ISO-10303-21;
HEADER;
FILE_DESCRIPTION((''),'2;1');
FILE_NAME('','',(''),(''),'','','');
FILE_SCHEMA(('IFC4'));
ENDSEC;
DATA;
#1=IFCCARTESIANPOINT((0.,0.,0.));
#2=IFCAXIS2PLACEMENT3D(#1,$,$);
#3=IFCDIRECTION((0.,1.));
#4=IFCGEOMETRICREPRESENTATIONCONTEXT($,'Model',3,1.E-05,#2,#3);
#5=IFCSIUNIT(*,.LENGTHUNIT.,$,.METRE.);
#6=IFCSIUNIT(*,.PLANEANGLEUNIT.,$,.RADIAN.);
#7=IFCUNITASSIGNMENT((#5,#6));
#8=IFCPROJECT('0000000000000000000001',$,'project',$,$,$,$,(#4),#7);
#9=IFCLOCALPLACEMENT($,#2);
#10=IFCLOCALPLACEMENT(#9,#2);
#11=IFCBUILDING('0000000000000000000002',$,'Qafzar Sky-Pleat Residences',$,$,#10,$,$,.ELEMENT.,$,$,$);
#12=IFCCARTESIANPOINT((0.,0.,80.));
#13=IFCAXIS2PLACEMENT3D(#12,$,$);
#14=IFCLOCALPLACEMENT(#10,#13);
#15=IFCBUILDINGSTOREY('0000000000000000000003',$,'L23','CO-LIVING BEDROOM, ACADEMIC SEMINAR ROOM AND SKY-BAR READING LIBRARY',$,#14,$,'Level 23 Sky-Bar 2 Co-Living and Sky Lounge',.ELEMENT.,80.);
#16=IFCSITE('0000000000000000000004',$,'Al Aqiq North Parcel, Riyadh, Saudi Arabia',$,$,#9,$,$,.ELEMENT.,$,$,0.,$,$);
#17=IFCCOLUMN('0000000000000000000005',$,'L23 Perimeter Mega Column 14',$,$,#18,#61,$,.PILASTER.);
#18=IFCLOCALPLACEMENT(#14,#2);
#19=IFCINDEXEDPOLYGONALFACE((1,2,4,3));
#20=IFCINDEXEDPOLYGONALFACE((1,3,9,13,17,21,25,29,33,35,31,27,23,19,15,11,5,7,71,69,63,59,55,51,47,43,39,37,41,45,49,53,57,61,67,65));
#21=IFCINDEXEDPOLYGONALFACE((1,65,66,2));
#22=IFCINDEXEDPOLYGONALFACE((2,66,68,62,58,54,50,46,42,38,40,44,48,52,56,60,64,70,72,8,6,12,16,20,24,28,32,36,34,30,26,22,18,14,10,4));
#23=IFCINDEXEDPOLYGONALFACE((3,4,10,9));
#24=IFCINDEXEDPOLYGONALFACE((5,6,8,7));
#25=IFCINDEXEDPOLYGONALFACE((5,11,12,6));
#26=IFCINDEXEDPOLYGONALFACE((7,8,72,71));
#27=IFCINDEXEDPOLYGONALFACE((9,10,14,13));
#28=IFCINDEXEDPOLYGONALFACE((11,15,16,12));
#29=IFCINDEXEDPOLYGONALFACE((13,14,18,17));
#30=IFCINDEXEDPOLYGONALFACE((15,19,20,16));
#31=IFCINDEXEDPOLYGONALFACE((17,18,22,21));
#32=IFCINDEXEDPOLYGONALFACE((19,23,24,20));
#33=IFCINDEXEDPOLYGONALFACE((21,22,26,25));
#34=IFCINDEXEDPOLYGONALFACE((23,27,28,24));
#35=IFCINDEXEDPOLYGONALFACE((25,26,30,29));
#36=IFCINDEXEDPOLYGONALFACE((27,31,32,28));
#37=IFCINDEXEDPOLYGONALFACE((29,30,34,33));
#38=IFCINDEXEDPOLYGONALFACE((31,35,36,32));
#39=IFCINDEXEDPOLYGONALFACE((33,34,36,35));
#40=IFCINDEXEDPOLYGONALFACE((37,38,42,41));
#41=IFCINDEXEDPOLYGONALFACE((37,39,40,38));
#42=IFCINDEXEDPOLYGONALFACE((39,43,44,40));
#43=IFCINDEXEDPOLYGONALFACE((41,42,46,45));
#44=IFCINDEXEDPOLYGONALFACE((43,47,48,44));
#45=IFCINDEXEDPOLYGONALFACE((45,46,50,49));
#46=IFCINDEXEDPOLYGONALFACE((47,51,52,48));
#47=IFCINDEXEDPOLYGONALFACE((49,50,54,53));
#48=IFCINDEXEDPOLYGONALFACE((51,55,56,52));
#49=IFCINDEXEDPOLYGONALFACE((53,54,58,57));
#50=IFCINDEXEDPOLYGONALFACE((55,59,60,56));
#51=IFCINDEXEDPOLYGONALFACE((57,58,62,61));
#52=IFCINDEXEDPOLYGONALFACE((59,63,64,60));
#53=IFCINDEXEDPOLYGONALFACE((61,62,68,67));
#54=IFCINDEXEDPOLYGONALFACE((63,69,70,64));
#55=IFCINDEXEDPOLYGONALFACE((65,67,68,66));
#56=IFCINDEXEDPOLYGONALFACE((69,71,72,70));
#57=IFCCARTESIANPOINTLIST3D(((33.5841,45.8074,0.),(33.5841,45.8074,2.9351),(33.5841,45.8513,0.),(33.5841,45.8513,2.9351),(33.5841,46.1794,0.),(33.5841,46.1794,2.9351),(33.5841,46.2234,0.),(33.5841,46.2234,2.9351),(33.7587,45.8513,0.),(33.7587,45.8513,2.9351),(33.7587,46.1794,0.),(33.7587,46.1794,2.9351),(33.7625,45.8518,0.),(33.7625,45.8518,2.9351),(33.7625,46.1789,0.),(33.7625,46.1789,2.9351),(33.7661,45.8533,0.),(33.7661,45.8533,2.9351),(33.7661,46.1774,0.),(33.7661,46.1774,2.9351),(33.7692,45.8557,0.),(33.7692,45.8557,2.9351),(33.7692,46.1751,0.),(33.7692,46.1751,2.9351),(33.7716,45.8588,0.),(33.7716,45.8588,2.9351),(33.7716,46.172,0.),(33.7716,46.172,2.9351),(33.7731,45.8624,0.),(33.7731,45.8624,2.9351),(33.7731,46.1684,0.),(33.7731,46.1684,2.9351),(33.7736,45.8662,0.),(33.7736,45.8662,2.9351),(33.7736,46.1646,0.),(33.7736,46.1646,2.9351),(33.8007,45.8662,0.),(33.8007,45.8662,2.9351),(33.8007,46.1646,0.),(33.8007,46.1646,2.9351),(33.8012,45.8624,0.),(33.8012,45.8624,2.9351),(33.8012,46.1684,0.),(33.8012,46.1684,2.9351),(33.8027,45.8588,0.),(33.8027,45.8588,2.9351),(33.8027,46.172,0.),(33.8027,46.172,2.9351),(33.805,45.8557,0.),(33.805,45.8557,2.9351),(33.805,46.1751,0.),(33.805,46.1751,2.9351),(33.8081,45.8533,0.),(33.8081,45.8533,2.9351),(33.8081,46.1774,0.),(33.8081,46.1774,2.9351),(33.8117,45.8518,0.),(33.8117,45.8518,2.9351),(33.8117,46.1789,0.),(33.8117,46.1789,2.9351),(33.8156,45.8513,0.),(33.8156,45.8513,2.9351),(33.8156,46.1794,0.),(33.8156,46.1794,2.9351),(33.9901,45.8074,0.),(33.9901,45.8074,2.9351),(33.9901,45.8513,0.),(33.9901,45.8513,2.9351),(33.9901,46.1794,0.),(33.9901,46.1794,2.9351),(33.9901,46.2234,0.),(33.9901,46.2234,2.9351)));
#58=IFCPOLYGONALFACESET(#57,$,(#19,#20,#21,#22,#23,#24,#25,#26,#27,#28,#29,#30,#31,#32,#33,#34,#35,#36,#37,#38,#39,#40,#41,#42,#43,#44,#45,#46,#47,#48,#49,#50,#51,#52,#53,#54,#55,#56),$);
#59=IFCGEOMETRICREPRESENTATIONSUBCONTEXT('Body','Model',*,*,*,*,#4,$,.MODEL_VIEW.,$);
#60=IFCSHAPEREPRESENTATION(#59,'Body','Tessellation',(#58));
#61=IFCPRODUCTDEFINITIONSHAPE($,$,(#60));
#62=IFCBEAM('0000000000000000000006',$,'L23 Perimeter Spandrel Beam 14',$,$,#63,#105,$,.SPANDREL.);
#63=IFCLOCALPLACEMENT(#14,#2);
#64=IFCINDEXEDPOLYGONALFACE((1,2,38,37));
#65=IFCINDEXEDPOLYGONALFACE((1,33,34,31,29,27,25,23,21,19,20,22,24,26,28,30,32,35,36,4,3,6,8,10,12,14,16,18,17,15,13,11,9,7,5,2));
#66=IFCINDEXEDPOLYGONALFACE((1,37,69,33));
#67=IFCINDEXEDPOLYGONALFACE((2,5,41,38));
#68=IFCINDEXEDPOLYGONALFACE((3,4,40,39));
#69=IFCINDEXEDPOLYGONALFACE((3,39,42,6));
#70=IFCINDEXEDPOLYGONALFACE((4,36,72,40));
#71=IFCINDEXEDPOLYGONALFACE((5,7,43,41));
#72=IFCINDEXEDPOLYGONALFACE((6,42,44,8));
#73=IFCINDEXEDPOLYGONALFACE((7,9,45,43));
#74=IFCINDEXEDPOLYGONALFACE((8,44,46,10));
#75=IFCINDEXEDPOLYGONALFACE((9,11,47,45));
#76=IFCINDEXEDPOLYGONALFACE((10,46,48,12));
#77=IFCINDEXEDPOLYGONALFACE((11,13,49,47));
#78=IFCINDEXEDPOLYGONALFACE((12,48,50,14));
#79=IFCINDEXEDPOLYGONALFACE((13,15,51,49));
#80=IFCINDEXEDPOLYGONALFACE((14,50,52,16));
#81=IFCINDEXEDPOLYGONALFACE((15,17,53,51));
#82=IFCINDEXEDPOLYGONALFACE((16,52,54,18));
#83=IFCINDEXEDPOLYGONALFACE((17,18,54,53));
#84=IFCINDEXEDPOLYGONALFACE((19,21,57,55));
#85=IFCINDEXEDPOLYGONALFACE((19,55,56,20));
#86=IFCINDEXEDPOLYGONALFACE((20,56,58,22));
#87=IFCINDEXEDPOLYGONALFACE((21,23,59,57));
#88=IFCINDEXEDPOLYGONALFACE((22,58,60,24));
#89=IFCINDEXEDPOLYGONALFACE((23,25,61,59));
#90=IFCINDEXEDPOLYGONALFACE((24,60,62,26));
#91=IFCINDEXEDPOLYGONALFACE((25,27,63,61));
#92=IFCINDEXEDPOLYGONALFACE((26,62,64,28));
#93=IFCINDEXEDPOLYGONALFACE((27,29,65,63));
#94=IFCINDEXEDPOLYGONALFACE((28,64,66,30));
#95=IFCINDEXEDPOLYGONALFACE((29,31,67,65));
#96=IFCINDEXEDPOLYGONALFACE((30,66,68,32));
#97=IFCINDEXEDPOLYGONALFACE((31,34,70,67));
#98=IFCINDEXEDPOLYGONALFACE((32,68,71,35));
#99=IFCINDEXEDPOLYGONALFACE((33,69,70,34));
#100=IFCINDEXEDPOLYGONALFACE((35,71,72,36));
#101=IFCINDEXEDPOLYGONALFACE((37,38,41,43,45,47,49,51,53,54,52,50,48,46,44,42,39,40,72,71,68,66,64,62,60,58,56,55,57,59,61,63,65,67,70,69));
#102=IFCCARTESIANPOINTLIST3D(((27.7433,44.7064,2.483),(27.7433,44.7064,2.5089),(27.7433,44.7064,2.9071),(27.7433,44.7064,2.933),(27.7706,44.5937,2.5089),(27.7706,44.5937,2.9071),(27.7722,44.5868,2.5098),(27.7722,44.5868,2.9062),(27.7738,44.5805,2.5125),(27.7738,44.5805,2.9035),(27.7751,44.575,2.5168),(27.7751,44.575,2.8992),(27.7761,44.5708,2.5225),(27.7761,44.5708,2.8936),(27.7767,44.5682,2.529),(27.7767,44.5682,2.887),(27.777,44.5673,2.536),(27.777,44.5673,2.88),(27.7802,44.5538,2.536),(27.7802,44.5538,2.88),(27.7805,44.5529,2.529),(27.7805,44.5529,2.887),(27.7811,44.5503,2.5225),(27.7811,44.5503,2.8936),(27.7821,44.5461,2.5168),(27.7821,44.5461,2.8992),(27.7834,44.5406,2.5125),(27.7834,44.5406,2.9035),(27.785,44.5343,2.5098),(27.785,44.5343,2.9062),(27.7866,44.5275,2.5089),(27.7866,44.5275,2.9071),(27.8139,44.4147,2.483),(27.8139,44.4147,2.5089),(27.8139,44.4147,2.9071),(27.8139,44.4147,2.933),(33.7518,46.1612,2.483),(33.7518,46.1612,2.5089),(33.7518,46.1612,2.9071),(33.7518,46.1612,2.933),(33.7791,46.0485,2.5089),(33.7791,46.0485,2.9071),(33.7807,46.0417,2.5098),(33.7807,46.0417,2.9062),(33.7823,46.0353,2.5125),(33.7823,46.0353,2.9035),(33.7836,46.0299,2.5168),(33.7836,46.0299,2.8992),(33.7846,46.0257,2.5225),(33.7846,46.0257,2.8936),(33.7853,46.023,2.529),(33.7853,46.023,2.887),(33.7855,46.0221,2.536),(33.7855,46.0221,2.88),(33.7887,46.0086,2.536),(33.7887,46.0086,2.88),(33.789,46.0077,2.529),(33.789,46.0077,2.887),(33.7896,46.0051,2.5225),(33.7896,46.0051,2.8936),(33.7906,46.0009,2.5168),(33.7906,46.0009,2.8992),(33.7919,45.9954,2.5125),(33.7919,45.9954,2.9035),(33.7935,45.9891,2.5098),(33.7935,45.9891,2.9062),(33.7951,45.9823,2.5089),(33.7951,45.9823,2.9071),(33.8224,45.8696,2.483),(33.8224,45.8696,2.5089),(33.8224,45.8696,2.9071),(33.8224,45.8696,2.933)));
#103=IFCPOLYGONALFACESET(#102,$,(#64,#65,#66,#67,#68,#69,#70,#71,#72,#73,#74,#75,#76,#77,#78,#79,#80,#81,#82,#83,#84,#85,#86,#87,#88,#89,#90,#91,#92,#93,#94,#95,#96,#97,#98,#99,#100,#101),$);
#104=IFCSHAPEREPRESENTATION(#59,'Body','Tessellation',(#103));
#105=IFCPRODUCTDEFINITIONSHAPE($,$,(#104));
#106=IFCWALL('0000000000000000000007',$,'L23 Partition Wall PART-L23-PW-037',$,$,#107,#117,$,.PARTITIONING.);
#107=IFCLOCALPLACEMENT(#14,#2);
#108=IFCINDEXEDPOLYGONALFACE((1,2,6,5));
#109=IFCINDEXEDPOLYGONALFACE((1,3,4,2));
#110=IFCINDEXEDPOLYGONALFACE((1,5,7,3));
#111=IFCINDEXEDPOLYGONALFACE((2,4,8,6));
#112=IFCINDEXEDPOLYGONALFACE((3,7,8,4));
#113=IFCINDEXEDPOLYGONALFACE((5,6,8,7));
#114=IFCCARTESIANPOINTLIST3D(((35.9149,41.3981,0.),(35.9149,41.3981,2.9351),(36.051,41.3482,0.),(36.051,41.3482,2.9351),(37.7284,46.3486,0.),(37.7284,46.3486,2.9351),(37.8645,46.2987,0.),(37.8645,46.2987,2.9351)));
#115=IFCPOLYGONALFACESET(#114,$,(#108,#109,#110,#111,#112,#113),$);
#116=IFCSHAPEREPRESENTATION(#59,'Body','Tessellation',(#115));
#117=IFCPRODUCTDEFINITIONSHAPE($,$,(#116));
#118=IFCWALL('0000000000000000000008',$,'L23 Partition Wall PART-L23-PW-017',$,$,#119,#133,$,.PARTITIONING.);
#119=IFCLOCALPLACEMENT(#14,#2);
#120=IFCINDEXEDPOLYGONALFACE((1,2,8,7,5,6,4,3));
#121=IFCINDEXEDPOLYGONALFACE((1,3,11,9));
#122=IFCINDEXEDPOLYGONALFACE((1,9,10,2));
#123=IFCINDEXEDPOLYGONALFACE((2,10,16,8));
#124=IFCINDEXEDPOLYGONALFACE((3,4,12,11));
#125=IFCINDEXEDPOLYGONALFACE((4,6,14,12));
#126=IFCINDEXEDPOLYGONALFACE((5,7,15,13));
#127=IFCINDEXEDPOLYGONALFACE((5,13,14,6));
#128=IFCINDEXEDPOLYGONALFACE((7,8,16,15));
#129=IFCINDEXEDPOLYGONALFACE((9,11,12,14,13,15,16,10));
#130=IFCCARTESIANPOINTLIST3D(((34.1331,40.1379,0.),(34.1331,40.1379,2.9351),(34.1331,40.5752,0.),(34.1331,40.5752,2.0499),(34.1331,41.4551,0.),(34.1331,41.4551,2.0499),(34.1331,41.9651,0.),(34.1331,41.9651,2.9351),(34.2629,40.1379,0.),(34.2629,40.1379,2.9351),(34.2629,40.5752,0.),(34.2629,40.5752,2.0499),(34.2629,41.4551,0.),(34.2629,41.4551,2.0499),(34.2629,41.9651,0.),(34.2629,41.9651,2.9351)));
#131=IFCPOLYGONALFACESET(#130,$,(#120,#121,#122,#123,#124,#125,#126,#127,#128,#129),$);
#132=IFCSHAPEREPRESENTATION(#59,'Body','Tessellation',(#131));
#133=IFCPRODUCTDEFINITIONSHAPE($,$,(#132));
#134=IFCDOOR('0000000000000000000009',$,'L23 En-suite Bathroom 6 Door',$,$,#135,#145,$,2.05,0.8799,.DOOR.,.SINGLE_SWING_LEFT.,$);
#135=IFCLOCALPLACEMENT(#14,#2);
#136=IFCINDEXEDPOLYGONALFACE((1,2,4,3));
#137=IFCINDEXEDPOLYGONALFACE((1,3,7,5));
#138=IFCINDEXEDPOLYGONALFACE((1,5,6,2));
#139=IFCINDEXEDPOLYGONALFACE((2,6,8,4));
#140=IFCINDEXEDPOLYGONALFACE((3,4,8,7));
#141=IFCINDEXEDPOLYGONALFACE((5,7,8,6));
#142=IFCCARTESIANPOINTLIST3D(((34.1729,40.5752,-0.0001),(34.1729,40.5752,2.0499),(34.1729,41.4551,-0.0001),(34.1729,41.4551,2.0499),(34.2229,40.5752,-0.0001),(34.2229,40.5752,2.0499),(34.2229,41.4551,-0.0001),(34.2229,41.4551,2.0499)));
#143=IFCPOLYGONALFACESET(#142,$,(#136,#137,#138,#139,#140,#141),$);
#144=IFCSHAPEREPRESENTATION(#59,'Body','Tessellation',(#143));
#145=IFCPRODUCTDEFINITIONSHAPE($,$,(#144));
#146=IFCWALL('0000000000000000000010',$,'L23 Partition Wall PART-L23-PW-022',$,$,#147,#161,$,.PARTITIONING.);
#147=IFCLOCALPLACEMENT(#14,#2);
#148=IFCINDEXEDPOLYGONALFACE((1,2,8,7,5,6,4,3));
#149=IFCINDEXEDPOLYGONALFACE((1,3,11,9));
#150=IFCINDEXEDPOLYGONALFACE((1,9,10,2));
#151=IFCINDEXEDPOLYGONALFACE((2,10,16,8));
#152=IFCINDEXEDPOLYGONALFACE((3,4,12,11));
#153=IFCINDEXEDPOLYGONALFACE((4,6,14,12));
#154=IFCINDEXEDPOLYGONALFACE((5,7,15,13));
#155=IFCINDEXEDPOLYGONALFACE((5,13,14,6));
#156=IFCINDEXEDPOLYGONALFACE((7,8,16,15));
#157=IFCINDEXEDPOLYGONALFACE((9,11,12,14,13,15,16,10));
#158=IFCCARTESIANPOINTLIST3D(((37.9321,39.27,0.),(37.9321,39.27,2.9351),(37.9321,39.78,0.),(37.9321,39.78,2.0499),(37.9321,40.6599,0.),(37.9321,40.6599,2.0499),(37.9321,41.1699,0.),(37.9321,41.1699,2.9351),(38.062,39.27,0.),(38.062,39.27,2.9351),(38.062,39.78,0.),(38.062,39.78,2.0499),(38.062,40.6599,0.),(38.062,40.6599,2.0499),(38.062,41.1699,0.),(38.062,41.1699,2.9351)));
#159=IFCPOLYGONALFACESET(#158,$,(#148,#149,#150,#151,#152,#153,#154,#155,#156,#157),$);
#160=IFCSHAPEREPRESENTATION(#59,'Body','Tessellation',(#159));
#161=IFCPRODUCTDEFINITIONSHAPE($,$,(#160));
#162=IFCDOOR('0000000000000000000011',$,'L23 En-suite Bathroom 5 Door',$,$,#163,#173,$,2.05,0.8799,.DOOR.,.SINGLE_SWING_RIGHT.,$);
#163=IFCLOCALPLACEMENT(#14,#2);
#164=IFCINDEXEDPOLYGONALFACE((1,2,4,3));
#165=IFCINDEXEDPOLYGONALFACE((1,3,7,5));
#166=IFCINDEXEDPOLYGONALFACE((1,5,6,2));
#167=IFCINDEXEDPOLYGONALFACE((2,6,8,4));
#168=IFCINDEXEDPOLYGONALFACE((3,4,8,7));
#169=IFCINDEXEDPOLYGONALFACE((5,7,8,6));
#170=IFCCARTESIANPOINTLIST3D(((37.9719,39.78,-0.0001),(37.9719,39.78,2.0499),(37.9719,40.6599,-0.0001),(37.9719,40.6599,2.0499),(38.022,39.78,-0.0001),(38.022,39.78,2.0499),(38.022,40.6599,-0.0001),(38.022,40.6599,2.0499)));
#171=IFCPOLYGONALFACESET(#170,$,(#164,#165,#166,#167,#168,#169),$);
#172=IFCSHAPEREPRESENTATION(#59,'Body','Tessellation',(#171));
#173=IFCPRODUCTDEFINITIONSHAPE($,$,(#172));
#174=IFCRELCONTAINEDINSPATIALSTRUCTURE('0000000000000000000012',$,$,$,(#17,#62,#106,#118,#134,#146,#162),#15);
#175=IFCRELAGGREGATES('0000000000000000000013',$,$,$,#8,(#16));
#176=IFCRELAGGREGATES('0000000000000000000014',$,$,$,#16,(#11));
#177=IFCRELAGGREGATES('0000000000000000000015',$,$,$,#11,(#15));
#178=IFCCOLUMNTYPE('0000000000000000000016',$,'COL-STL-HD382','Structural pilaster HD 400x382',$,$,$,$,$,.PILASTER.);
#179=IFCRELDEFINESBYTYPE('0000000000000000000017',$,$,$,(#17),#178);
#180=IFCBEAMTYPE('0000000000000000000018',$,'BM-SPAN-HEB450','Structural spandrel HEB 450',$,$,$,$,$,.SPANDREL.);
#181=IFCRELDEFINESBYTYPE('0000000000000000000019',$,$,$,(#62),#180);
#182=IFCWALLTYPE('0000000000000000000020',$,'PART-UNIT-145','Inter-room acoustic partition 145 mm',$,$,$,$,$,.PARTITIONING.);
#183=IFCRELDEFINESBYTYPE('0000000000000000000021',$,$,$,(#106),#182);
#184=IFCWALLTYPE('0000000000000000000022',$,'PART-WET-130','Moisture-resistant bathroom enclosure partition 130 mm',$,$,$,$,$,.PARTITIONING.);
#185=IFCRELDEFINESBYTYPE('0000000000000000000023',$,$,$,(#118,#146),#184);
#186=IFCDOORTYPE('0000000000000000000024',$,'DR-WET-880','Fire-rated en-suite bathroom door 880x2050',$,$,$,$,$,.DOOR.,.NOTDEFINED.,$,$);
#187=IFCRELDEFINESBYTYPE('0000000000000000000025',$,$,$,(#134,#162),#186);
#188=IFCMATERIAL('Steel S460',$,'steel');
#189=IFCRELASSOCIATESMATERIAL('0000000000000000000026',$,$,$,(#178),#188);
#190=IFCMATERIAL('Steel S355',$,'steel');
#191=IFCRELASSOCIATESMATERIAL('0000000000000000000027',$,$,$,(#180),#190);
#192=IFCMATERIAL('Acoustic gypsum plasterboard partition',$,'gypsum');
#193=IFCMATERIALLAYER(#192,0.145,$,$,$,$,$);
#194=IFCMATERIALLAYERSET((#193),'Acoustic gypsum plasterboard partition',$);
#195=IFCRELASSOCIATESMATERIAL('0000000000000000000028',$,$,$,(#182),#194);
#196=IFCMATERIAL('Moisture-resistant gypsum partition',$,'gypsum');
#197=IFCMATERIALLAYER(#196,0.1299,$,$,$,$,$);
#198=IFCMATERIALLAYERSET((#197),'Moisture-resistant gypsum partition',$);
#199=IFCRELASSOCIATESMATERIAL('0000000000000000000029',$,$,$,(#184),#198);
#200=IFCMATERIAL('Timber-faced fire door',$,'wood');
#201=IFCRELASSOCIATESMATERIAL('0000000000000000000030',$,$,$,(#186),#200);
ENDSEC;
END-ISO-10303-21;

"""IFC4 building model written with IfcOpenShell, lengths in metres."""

from ifc_helpers import new_model, si_unit, direction, frame, frame_2d, origin, origin_2d, place, context, subcontext, project, spatial, rectangle, i_section, extrude, source, transform, mapped, material, layer, layer_set, material_profile, profile_set, type_object, element, fill, save


model = new_model("IFC4")

# Units and contexts
model_context = context("Model", 3, precision=1e-05, world=origin(), true_north=direction((0.0, 1.0)))
body_context = subcontext(model_context, "Body", "Model", "MODEL_VIEW")
ifc_project = project(units=[si_unit("LENGTHUNIT", "METRE"), si_unit("PLANEANGLEUNIT", "RADIAN")], contexts=[model_context])

# Site, building, storey
site_placement = place(None, origin())
site = spatial("IfcSite", under=ifc_project, at=site_placement, Name="Al Aqiq North Parcel, Riyadh, Saudi Arabia", CompositionType="ELEMENT", RefElevation=0.0)
building_placement = place(site_placement, origin())
building = spatial("IfcBuilding", under=site, at=building_placement, Name="Qafzar Sky-Pleat Residences", CompositionType="ELEMENT")
storey_placement = place(building_placement, frame((0.0, 0.0, 80.0)))
storey = spatial("IfcBuildingStorey", under=building, at=storey_placement, Name="L23", Description="CO-LIVING BEDROOM, ACADEMIC SEMINAR ROOM AND SKY-BAR READING LIBRARY", LongName="Level 23 Sky-Bar 2 Co-Living and Sky Lounge", CompositionType="ELEMENT", Elevation=80.0)

# Column
ifc_material_1 = material(Name="Steel S460", Category="steel")
ifc_material_profile_1 = material_profile(ifc_material_1, i_section(OverallWidth=0.406, OverallDepth=0.416, WebThickness=0.0271, FlangeThickness=0.0439, FilletRadius=0.0149, at=origin_2d()), Name="HD 400x382")
ifc_profile_set_1 = profile_set([ifc_material_profile_1], Name="Steel S460")
column_type = type_object("IfcColumnType", Name="COL-STL-HD382", Description="Structural pilaster HD 400x382", PredefinedType="PILASTER", material=ifc_profile_set_1)
shared_shape_1 = source(origin(), body_context, "Body", "SweptSolid", [
    extrude(i_section(OverallWidth=0.406, OverallDepth=0.416, WebThickness=0.0271, FlangeThickness=0.0439, FilletRadius=0.0149, at=origin_2d()), origin(), (0.0, 0.0, 1.0), 2.9351),
])
column_placement = place(storey_placement, frame((33.7871, 46.0154, 0.0), z_axis=(0.0, 0.0, 1.0), x_axis=(1.0, 0.0, 0.0)))
element("IfcColumn", 1, at=column_placement, inside=storey, type_object=column_type, Name="L23 Perimeter Mega Column 14", PredefinedType="PILASTER", context=body_context, shape_type="MappedRepresentation", body=[
    mapped(shared_shape_1, transform((0.0, 0.0, 0.0), x_axis=(1.0, 0.0, 0.0), y_axis=(0.0, 1.0, 0.0), z_axis=(0.0, 0.0, 1.0), scale=1.0)),
])

# Beam
ifc_material_2 = material(Name="Steel S355", Category="steel")
ifc_material_profile_2 = material_profile(ifc_material_2, i_section(OverallWidth=0.3, OverallDepth=0.45, WebThickness=0.0139, FlangeThickness=0.0259, FilletRadius=0.0271, at=origin_2d()), Name="HEB 450")
ifc_profile_set_2 = profile_set([ifc_material_profile_2], Name="Steel S355")
beam_type = type_object("IfcBeamType", Name="BM-SPAN-HEB450", Description="Structural spandrel HEB 450", PredefinedType="SPANDREL", material=ifc_profile_set_2)
shared_shape_2 = source(origin(), body_context, "Body", "SweptSolid", [
    extrude(i_section(OverallWidth=0.3, OverallDepth=0.45, WebThickness=0.0139, FlangeThickness=0.0259, FilletRadius=0.0271, at=origin_2d()), origin(), (0.0, 0.0, 1.0), 6.1821),
])
beam_placement = place(storey_placement, frame((33.7871, 46.0154, 2.708), z_axis=(-0.971916, -0.235328, 0.0), x_axis=(0.235328, -0.971916, 0.0)))
element("IfcBeam", 2, at=beam_placement, inside=storey, type_object=beam_type, Name="L23 Perimeter Spandrel Beam 14", PredefinedType="SPANDREL", context=body_context, shape_type="MappedRepresentation", body=[
    mapped(shared_shape_2, transform((0.0, 0.0, 0.0), x_axis=(1.0, 0.0, 0.0), y_axis=(0.0, 1.0, 0.0), z_axis=(0.0, 0.0, 1.0), scale=1.0)),
])

# Wall
ifc_material_3 = material(Name="Acoustic gypsum plasterboard partition", Category="gypsum")
ifc_layer_1 = layer(ifc_material_3, 0.145)
ifc_layer_set_1 = layer_set([ifc_layer_1], Name="Acoustic gypsum plasterboard partition")
wall_type_1 = type_object("IfcWallType", Name="PART-UNIT-145", Description="Inter-room acoustic partition 145 mm", PredefinedType="PARTITIONING", material=ifc_layer_set_1)
wall_1_placement = place(storey_placement, frame((35.9829, 41.373, 0.0), z_axis=(0.0, 0.0, 1.0), x_axis=(0.343973, 0.93898, 0.0)))
element("IfcWall", 3, at=wall_1_placement, inside=storey, type_object=wall_type_1, Name="L23 Partition Wall PART-L23-PW-037", PredefinedType="PARTITIONING", context=body_context, shape_type="SweptSolid", body=[
    extrude(rectangle(XDim=5.2722, YDim=0.145, at=frame_2d((2.6362, 0.0))), origin(), (0.0, 0.0, 1.0), 2.9351),
])

# Walls, openings, doors
ifc_material_4 = material(Name="Moisture-resistant gypsum partition", Category="gypsum")
ifc_layer_2 = layer(ifc_material_4, 0.1299)
ifc_layer_set_2 = layer_set([ifc_layer_2], Name="Moisture-resistant gypsum partition")
wall_type_2 = type_object("IfcWallType", Name="PART-WET-130", Description="Moisture-resistant bathroom enclosure partition 130 mm", PredefinedType="PARTITIONING", material=ifc_layer_set_2)
wall_2_placement = place(storey_placement, frame((34.198, 41.9651, 0.0), z_axis=(0.0, 0.0, 1.0), x_axis=(0.0, -1.0, 0.0)))
wall_2 = element("IfcWall", 4, at=wall_2_placement, inside=storey, type_object=wall_type_2, Name="L23 Partition Wall PART-L23-PW-017", PredefinedType="PARTITIONING", context=body_context, shape_type="SweptSolid", body=[
    extrude(rectangle(XDim=1.8271, YDim=0.1299, at=frame_2d((0.9136, 0.0))), origin(), (0.0, 0.0, 1.0), 2.9351),
])
opening_1_placement = place(wall_2_placement, frame((0.51, 0.0, 0.0)))
opening_1 = element("IfcOpeningElement", 5, at=opening_1_placement, cuts=wall_2, PredefinedType="OPENING", context=body_context, shape_type="SweptSolid", body=[
    extrude(rectangle(XDim=0.8799, YDim=2.05, at=frame_2d((0.4399, 1.0249))), frame((0.0, 0.075, 0.0), z_axis=(0.0, -1.0, 0.0), x_axis=(1.0, 0.0, 0.0)), (0.0, 0.0, 1.0), 0.1499),
])
ifc_material_5 = material(Name="Timber-faced fire door", Category="wood")
door_type = type_object("IfcDoorType", Name="DR-WET-880", Description="Fire-rated en-suite bathroom door 880x2050", OperationType="NOTDEFINED", PredefinedType="DOOR", material=ifc_material_5)
shared_shape_3 = source(origin(), body_context, "Body", "SweptSolid", [
    extrude(rectangle(XDim=0.8799, YDim=2.05, at=frame_2d((0.4399, 1.0249))), frame((0.0, 0.0249, 0.0), z_axis=(0.0, -1.0, 0.0), x_axis=(1.0, 0.0, 0.0)), (0.0, 0.0, 1.0), 0.05),
])
door_1_placement = place(opening_1_placement, origin())
door_1 = element("IfcDoor", 6, at=door_1_placement, inside=storey, type_object=door_type, Name="L23 En-suite Bathroom 6 Door", OperationType="SINGLE_SWING_LEFT", OverallHeight=2.05, OverallWidth=0.8799, PredefinedType="DOOR", context=body_context, shape_type="MappedRepresentation", body=[
    mapped(shared_shape_3, transform((0.0, 0.0, 0.0), x_axis=(1.0, 0.0, 0.0), y_axis=(0.0, 1.0, 0.0), z_axis=(0.0, 0.0, 1.0), scale=1.0)),
])
fill(opening_1, door_1)
wall_3_placement = place(storey_placement, frame((37.9971, 41.1699, 0.0), z_axis=(0.0, 0.0, 1.0), x_axis=(0.0, -1.0, 0.0)))
wall_3 = element("IfcWall", 7, at=wall_3_placement, inside=storey, type_object=wall_type_2, Name="L23 Partition Wall PART-L23-PW-022", PredefinedType="PARTITIONING", context=body_context, shape_type="SweptSolid", body=[
    extrude(rectangle(XDim=1.8999, YDim=0.1299, at=frame_2d((0.95, 0.0))), origin(), (0.0, 0.0, 1.0), 2.9351),
])
opening_2_placement = place(wall_3_placement, frame((0.51, 0.0, 0.0)))
opening_2 = element("IfcOpeningElement", 8, at=opening_2_placement, cuts=wall_3, PredefinedType="OPENING", context=body_context, shape_type="SweptSolid", body=[
    extrude(rectangle(XDim=0.8799, YDim=2.05, at=frame_2d((0.4399, 1.0249))), frame((0.0, 0.075, 0.0), z_axis=(0.0, -1.0, 0.0), x_axis=(1.0, 0.0, 0.0)), (0.0, 0.0, 1.0), 0.1499),
])
door_2_placement = place(opening_2_placement, origin())
door_2 = element("IfcDoor", 9, at=door_2_placement, inside=storey, type_object=door_type, Name="L23 En-suite Bathroom 5 Door", OperationType="SINGLE_SWING_RIGHT", OverallHeight=2.05, OverallWidth=0.8799, PredefinedType="DOOR", context=body_context, shape_type="MappedRepresentation", body=[
    mapped(shared_shape_3, transform((0.0, 0.0, 0.0), x_axis=(1.0, 0.0, 0.0), y_axis=(0.0, 1.0, 0.0), z_axis=(0.0, 0.0, 1.0), scale=1.0)),
])
fill(opening_2, door_2)

save(model, "model.ifc")
